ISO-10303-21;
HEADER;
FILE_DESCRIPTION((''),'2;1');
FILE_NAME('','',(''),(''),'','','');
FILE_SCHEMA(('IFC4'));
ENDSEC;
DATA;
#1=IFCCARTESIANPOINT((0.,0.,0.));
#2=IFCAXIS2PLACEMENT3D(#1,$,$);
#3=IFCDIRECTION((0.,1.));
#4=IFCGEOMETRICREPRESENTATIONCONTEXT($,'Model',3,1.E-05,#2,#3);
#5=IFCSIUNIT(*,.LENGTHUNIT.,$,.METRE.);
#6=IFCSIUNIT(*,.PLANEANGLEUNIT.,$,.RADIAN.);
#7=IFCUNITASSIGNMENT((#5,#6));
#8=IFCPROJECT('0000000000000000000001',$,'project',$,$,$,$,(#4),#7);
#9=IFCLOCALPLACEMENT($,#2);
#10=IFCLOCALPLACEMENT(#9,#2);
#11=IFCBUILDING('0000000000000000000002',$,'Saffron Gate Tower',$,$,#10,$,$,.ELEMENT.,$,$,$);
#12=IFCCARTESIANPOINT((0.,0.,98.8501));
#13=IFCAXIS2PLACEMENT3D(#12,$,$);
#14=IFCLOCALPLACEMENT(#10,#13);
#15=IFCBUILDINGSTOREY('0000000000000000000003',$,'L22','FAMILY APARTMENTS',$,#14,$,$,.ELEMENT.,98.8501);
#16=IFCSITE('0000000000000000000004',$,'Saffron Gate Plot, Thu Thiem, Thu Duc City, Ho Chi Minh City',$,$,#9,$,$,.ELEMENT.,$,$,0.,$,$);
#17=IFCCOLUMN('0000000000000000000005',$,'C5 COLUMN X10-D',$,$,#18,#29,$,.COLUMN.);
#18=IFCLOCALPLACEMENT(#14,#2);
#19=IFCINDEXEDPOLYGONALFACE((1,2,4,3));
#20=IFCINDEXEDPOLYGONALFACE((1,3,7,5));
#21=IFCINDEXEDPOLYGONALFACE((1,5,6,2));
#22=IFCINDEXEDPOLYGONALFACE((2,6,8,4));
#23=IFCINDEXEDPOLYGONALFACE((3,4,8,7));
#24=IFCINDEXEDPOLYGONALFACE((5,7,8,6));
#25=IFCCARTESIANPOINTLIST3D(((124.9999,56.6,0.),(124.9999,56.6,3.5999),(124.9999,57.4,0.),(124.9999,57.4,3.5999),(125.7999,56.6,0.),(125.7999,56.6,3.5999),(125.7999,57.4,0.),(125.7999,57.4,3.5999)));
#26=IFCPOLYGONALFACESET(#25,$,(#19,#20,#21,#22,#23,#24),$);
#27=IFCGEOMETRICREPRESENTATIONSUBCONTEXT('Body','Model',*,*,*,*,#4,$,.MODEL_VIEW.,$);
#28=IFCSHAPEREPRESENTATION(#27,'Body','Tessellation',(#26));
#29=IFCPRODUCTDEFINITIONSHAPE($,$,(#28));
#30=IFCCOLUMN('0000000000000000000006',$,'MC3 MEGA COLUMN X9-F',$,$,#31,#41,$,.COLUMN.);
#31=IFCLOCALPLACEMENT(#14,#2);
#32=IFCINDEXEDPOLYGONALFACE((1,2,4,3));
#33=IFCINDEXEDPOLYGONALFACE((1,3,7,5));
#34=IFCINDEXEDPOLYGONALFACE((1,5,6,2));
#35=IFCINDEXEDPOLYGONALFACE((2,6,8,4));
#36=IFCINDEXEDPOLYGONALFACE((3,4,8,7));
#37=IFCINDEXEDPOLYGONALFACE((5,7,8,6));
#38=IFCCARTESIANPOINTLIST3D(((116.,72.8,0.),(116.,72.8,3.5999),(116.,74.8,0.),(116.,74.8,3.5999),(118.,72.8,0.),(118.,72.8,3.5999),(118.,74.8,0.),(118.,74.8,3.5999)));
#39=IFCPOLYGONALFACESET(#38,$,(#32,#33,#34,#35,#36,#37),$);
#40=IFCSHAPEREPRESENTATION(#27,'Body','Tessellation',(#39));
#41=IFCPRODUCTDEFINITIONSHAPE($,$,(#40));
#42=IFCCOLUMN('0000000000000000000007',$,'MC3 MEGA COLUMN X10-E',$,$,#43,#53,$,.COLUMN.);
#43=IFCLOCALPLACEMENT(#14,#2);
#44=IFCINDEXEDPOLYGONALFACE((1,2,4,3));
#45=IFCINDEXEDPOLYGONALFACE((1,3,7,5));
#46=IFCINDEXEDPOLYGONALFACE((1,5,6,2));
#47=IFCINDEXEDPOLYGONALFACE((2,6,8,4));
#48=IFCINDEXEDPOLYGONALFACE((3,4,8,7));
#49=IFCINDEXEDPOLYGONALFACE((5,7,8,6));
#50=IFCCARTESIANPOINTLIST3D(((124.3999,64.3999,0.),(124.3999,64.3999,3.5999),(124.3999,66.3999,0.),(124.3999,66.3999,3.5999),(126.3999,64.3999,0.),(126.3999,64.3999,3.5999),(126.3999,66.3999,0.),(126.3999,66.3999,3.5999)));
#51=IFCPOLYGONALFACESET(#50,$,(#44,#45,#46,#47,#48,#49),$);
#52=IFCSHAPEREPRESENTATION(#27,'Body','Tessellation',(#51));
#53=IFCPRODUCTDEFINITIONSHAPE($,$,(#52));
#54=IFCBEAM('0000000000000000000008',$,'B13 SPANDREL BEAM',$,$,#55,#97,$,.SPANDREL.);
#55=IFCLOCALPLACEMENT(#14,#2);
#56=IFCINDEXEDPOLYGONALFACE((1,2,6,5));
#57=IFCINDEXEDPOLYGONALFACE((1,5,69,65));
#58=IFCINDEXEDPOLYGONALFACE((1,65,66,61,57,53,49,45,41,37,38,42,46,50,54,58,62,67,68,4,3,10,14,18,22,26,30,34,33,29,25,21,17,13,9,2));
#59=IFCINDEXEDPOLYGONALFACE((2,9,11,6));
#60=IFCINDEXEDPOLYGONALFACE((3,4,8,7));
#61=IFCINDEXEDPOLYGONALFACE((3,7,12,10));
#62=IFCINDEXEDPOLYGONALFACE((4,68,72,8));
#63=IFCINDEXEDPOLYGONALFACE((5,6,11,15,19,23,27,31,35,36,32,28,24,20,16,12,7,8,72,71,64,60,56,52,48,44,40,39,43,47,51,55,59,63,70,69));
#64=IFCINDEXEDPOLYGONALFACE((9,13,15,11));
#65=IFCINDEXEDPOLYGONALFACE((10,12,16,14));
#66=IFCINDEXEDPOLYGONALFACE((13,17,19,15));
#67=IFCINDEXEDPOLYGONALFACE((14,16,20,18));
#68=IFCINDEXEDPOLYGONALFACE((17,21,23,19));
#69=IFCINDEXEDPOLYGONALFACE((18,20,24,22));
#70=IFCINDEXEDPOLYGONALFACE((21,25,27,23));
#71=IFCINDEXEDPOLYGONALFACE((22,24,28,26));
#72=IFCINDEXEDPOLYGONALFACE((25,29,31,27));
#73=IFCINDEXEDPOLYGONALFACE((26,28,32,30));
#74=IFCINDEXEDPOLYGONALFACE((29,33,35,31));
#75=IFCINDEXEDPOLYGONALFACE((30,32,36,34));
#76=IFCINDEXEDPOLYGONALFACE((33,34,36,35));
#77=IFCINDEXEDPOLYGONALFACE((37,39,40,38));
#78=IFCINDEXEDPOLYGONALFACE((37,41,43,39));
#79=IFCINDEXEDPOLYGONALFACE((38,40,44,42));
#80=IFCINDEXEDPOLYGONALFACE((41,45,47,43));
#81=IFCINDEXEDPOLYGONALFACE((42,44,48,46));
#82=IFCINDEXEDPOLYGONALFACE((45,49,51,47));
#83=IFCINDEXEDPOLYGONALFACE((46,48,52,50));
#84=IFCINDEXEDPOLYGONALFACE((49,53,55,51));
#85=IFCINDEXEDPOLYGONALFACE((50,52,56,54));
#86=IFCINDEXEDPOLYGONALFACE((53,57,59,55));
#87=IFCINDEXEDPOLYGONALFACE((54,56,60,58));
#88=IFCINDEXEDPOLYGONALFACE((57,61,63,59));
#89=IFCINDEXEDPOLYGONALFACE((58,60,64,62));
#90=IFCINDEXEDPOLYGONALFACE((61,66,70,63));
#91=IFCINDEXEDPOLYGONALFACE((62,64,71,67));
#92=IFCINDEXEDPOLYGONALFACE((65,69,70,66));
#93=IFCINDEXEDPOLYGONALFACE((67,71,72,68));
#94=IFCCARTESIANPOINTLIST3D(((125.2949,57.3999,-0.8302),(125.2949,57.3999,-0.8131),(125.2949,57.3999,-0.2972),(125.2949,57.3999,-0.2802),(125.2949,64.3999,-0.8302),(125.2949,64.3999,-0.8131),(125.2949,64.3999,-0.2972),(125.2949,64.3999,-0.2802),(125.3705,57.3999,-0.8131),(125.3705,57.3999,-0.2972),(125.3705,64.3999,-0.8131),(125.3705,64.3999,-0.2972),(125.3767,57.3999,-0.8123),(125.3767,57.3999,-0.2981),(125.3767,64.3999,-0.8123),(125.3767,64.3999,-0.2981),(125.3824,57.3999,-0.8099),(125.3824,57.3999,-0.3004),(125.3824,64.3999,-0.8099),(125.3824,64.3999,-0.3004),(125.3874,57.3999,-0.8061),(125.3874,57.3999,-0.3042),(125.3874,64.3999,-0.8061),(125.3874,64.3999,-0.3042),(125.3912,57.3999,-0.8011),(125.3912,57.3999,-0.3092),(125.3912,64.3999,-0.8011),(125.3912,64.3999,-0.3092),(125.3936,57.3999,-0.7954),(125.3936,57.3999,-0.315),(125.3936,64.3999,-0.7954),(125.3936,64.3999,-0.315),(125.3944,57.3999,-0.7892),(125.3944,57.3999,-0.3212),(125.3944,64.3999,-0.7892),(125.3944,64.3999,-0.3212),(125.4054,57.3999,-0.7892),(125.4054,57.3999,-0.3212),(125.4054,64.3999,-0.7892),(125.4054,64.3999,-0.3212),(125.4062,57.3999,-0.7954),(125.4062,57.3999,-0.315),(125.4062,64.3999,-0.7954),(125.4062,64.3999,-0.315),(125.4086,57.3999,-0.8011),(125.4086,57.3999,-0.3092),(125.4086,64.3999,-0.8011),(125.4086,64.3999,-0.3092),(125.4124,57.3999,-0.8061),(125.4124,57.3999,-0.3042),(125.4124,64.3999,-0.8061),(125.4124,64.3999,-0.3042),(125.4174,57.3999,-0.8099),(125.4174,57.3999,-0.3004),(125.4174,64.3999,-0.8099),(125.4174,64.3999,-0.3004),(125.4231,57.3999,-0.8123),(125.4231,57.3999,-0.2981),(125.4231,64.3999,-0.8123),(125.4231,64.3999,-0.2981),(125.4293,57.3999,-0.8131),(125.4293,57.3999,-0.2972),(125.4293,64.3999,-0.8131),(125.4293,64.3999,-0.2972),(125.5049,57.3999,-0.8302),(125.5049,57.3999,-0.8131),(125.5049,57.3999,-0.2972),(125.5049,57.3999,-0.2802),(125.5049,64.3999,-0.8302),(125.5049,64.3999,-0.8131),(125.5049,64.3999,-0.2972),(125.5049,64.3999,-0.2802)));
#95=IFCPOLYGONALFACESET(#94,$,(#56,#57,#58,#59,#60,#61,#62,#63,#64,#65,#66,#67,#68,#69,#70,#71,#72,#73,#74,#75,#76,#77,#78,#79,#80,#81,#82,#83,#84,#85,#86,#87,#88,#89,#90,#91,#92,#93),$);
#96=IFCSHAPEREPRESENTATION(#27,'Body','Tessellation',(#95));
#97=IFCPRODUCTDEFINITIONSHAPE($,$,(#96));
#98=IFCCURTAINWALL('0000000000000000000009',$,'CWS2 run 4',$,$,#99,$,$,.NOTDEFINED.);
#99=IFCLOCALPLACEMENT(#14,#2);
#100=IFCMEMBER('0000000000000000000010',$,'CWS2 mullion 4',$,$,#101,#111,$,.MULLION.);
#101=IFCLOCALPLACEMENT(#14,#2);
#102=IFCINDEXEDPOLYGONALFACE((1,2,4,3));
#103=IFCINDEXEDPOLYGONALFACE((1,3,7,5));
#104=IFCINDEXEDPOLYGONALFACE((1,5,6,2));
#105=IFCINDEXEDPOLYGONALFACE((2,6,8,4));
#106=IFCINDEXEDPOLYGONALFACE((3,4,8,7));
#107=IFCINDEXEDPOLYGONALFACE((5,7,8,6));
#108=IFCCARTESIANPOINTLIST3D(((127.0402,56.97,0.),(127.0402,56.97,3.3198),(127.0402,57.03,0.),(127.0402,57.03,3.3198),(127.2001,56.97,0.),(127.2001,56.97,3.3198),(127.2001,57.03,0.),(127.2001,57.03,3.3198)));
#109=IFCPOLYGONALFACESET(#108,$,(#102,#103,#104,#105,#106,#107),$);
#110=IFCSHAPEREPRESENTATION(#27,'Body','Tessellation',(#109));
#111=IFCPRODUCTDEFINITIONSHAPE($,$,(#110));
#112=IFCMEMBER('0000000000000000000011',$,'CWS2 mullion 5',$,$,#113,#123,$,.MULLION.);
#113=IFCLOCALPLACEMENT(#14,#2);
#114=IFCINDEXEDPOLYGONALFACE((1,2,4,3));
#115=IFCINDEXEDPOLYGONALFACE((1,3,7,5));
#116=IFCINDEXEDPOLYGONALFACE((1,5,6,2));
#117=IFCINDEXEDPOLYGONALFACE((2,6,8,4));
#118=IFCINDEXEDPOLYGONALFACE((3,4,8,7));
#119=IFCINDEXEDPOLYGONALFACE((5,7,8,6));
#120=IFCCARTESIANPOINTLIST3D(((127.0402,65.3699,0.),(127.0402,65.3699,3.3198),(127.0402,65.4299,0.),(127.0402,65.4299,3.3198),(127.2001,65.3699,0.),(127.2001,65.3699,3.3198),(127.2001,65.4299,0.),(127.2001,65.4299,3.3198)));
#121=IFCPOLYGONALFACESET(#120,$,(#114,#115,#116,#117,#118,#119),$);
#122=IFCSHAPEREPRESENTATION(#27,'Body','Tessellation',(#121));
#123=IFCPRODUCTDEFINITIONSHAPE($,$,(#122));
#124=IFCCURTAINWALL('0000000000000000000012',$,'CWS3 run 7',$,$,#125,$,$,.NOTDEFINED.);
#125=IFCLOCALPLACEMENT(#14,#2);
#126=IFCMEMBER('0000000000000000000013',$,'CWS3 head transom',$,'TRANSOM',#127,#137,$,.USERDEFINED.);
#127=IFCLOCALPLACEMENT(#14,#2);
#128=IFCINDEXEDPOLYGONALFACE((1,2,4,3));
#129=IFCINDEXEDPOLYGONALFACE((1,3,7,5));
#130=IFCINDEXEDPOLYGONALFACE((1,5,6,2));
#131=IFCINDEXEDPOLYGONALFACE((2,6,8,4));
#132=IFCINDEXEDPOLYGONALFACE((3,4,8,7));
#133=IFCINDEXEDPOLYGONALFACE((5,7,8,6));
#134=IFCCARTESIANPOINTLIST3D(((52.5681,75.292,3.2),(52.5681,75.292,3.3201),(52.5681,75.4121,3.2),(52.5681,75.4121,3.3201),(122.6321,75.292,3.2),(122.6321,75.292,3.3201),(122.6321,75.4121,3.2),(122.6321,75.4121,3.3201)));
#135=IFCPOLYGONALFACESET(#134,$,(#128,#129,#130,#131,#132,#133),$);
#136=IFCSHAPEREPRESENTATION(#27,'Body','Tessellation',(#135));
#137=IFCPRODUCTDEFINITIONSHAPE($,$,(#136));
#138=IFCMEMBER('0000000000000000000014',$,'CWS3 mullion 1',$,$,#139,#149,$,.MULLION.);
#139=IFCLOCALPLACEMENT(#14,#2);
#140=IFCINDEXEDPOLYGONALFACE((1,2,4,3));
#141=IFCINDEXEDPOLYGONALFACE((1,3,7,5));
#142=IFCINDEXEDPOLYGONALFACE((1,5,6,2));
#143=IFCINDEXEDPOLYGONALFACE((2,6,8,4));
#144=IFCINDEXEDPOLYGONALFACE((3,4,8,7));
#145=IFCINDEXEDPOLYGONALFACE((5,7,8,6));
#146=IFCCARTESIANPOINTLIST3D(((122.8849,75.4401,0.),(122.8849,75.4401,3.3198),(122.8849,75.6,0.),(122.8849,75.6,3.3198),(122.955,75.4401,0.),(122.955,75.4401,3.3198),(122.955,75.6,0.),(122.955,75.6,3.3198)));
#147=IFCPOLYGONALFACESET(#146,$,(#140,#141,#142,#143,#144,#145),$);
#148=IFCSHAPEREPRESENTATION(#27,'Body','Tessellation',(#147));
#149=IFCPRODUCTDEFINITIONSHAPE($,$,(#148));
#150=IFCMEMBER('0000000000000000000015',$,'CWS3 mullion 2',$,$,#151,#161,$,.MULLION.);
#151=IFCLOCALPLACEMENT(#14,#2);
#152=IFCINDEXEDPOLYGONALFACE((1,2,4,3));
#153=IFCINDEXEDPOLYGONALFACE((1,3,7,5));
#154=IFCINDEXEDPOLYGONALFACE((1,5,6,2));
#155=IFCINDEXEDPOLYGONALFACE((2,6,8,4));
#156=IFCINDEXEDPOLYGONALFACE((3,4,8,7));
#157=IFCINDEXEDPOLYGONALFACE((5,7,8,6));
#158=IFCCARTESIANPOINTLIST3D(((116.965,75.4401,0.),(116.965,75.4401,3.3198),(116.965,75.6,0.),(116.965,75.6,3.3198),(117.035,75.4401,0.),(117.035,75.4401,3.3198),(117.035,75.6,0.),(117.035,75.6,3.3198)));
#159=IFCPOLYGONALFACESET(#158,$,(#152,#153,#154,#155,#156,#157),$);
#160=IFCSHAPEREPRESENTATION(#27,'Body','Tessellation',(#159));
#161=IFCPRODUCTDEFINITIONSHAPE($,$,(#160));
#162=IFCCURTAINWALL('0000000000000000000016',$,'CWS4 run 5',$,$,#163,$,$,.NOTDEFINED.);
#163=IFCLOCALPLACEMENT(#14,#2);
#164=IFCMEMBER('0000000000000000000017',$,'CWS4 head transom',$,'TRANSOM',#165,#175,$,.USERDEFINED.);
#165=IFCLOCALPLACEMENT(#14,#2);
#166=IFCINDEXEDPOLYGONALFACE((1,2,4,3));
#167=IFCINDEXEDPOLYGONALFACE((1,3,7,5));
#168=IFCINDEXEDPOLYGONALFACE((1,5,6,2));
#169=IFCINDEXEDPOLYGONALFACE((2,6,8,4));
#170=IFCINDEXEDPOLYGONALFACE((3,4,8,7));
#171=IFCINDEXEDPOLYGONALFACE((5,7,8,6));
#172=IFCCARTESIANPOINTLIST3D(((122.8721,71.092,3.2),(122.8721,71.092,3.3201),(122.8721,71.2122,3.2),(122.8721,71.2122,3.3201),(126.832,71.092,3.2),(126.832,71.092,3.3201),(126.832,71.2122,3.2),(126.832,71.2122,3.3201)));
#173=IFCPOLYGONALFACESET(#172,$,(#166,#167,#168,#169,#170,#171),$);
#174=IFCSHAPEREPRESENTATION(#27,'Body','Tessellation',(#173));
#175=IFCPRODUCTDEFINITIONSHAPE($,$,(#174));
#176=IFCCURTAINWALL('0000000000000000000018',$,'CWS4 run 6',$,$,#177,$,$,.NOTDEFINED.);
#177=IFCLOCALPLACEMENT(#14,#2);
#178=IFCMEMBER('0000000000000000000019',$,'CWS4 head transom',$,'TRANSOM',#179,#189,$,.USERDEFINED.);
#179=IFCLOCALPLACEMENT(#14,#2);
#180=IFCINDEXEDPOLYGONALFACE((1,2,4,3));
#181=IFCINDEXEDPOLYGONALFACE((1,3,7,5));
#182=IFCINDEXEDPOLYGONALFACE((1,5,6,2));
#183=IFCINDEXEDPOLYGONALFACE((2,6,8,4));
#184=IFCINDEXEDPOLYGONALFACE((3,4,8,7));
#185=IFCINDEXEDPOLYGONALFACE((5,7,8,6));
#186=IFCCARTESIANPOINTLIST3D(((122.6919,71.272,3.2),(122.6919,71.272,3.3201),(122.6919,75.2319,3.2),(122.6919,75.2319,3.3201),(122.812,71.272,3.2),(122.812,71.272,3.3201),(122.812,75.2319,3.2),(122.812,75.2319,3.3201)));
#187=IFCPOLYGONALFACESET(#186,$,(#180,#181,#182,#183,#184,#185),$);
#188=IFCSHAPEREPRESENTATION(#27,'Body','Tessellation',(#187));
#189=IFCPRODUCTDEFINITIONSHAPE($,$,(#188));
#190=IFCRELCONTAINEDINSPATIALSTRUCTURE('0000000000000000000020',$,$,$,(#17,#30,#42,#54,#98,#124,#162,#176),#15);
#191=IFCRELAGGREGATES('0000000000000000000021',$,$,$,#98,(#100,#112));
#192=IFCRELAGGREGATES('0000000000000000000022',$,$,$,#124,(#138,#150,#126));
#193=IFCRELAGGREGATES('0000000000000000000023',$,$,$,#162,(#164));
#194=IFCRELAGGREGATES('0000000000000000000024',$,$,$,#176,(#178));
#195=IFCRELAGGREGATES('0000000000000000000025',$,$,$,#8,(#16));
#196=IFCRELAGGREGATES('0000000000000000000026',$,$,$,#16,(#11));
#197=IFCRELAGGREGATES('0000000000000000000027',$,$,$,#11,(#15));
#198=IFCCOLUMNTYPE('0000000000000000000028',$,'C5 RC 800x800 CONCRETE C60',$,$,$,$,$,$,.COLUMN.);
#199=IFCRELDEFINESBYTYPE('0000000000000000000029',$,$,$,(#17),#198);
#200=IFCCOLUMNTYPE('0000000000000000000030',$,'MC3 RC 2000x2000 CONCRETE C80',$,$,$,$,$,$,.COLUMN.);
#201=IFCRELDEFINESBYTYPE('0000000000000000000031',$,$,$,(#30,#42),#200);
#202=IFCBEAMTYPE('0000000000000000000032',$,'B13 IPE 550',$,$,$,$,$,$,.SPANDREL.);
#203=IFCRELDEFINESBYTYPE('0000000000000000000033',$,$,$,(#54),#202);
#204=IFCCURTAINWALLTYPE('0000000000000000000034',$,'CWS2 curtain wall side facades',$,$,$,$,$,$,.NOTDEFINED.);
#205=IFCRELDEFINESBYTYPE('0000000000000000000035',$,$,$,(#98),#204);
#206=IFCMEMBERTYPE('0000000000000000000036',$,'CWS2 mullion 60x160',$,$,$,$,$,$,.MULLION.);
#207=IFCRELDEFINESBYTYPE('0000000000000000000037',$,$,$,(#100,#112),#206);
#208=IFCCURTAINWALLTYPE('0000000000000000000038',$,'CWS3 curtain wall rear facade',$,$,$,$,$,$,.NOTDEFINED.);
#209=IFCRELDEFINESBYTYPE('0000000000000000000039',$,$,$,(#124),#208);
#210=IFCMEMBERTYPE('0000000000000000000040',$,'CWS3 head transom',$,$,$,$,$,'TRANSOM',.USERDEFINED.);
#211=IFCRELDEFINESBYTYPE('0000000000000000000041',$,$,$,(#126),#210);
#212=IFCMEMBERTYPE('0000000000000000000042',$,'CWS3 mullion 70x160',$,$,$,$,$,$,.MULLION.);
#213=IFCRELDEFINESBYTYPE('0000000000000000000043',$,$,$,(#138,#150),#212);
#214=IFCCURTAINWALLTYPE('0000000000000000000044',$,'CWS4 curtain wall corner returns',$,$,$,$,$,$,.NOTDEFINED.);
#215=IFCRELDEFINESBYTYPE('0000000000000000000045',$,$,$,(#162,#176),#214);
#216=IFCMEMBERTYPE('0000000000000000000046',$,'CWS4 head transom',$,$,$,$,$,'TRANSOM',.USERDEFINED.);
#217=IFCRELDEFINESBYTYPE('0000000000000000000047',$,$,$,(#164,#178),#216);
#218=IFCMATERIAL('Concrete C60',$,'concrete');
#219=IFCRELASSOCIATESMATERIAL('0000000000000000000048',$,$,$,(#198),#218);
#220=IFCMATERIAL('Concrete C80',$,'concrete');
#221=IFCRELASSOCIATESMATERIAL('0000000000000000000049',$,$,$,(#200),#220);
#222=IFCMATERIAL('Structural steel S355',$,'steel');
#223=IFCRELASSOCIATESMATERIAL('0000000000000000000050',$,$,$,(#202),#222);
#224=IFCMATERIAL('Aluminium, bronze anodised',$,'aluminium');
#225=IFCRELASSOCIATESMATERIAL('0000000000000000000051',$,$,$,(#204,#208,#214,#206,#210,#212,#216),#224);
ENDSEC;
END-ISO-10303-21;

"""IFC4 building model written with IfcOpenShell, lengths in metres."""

from ifc_helpers import new_model, si_unit, direction, frame, origin, origin_2d, place, context, subcontext, project, spatial, rectangle, i_section, extrude, material, material_profile, profile_set, type_object, element, aggregate, save


model = new_model("IFC4")

# Units and contexts
model_context = context("Model", 3, precision=1e-05, world=origin(), true_north=direction((0.0, 1.0)))
body_context = subcontext(model_context, "Body", "Model", "MODEL_VIEW")
ifc_project = project(units=[si_unit("LENGTHUNIT", "METRE"), si_unit("PLANEANGLEUNIT", "RADIAN")], contexts=[model_context])

# Site, building, storey
site_placement = place(None, origin())
site = spatial("IfcSite", under=ifc_project, at=site_placement, Name="Saffron Gate Plot, Thu Thiem, Thu Duc City, Ho Chi Minh City", CompositionType="ELEMENT", RefElevation=0.0)
building_placement = place(site_placement, origin())
building = spatial("IfcBuilding", under=site, at=building_placement, Name="Saffron Gate Tower", CompositionType="ELEMENT")
storey_placement = place(building_placement, frame((0.0, 0.0, 98.8501)))
storey = spatial("IfcBuildingStorey", under=building, at=storey_placement, Name="L22", Description="FAMILY APARTMENTS", CompositionType="ELEMENT", Elevation=98.8501)

# Columns
ifc_material_1 = material(Name="Concrete C60", Category="concrete")
ifc_material_profile_1 = material_profile(ifc_material_1, rectangle(XDim=0.8, YDim=0.8, at=origin_2d()))
ifc_profile_set_1 = profile_set([ifc_material_profile_1], Name="Concrete C60")
column_type_1 = type_object("IfcColumnType", Name="C5 RC 800x800 CONCRETE C60", PredefinedType="COLUMN", material=ifc_profile_set_1)
column_placement = place(storey_placement, frame((125.3999, 57.0, 0.0), z_axis=(0.0, 0.0, 1.0), x_axis=(1.0, 0.0, 0.0)))
element("IfcColumn", 1, at=column_placement, inside=storey, type_object=column_type_1, Name="C5 COLUMN X10-D", PredefinedType="COLUMN", context=body_context, shape_type="SweptSolid", body=[
    extrude(rectangle(XDim=0.8, YDim=0.8, at=origin_2d()), origin(), (0.0, 0.0, 1.0), 3.5999),
])
ifc_material_2 = material(Name="Concrete C80", Category="concrete")
ifc_material_profile_2 = material_profile(ifc_material_2, rectangle(XDim=2.0, YDim=2.0, at=origin_2d()))
ifc_profile_set_2 = profile_set([ifc_material_profile_2], Name="Concrete C80")
column_type_2 = type_object("IfcColumnType", Name="MC3 RC 2000x2000 CONCRETE C80", PredefinedType="COLUMN", material=ifc_profile_set_2)
for number, where, z_axis, x_axis, name in (
    (2, (117.0, 73.8, 0.0), (0.0, 0.0, 1.0), (1.0, 0.0, 0.0), "MC3 MEGA COLUMN X9-F"),
    (3, (125.3999, 65.3999, 0.0), (0.0, 0.0, 1.0), (1.0, 0.0, 0.0), "MC3 MEGA COLUMN X10-E"),
):
    element("IfcColumn", number, at=place(storey_placement, frame(where, z_axis=z_axis, x_axis=x_axis)), inside=storey, type_object=column_type_2, Name=name, PredefinedType="COLUMN", context=body_context, shape_type="SweptSolid", body=[
        extrude(rectangle(XDim=2.0, YDim=2.0, at=origin_2d()), origin(), (0.0, 0.0, 1.0), 3.5999),
    ])

# Beam
ifc_material_3 = material(Name="Structural steel S355", Category="steel")
ifc_material_profile_3 = material_profile(ifc_material_3, i_section(OverallWidth=0.21, OverallDepth=0.55, WebThickness=0.011, FlangeThickness=0.0171, FilletRadius=0.0239, at=origin_2d()))
ifc_profile_set_3 = profile_set([ifc_material_profile_3], Name="Structural steel S355")
beam_type = type_object("IfcBeamType", Name="B13 IPE 550", PredefinedType="SPANDREL", material=ifc_profile_set_3)
beam_placement = place(storey_placement, frame((125.3999, 57.3999, -0.5552), z_axis=(0.0, 1.0, 0.0), x_axis=(-1.0, 0.0, 0.0)))
element("IfcBeam", 4, at=beam_placement, inside=storey, type_object=beam_type, Name="B13 SPANDREL BEAM", PredefinedType="SPANDREL", context=body_context, shape_type="SweptSolid", body=[
    extrude(i_section(OverallWidth=0.21, OverallDepth=0.55, WebThickness=0.011, FlangeThickness=0.0171, FilletRadius=0.0239, at=origin_2d()), origin(), (0.0, 0.0, 1.0), 7.0),
])

# Curtain walls, members
ifc_material_4 = material(Name="Aluminium, bronze anodised", Category="aluminium")
curtain_wall_type_1 = type_object("IfcCurtainWallType", Name="CWS2 curtain wall side facades", PredefinedType="NOTDEFINED", material=ifc_material_4)
curtain_wall_1_placement = place(storey_placement, origin())
curtain_wall_1 = element("IfcCurtainWall", 5, at=curtain_wall_1_placement, inside=storey, type_object=curtain_wall_type_1, Name="CWS2 run 4", PredefinedType="NOTDEFINED")
ifc_material_profile_4 = material_profile(ifc_material_4, rectangle(XDim=0.1599, YDim=0.0601, at=origin_2d()))
ifc_profile_set_4 = profile_set([ifc_material_profile_4], Name="Aluminium, bronze anodised")
member_type_1 = type_object("IfcMemberType", Name="CWS2 mullion 60x160", PredefinedType="MULLION", material=ifc_profile_set_4)
member_1_placement = place(storey_placement, frame((127.1201, 57.0, 0.0), z_axis=(0.0, 0.0, 1.0), x_axis=(-1.0, 0.0, 0.0)))
member_1 = element("IfcMember", 6, at=member_1_placement, type_object=member_type_1, Name="CWS2 mullion 4", PredefinedType="MULLION", context=body_context, shape_type="SweptSolid", body=[
    extrude(rectangle(XDim=0.1599, YDim=0.0601, at=origin_2d()), origin(), (0.0, 0.0, 1.0), 3.3198),
])
member_2_placement = place(storey_placement, frame((127.1201, 65.3999, 0.0), z_axis=(0.0, 0.0, 1.0), x_axis=(-1.0, 0.0, 0.0)))
member_2 = element("IfcMember", 7, at=member_2_placement, type_object=member_type_1, Name="CWS2 mullion 5", PredefinedType="MULLION", context=body_context, shape_type="SweptSolid", body=[
    extrude(rectangle(XDim=0.1599, YDim=0.0601, at=origin_2d()), origin(), (0.0, 0.0, 1.0), 3.3198),
])
aggregate(curtain_wall_1, [member_1, member_2])
curtain_wall_type_2 = type_object("IfcCurtainWallType", Name="CWS3 curtain wall rear facade", PredefinedType="NOTDEFINED", material=ifc_material_4)
curtain_wall_2_placement = place(storey_placement, origin())
curtain_wall_2 = element("IfcCurtainWall", 8, at=curtain_wall_2_placement, inside=storey, type_object=curtain_wall_type_2, Name="CWS3 run 7", PredefinedType="NOTDEFINED")
ifc_material_profile_5 = material_profile(ifc_material_4, rectangle(XDim=0.1201, YDim=0.1201, at=origin_2d()))
ifc_profile_set_5 = profile_set([ifc_material_profile_5], Name="Aluminium, bronze anodised")
member_type_2 = type_object("IfcMemberType", Name="CWS3 head transom", ElementType="TRANSOM", PredefinedType="USERDEFINED", material=ifc_profile_set_5)
member_3_placement = place(storey_placement, frame((122.6321, 75.3521, 3.26), z_axis=(-1.0, 0.0, 0.0), x_axis=(0.0, -1.0, 0.0)))
member_3 = element("IfcMember", 9, at=member_3_placement, type_object=member_type_2, Name="CWS3 head transom", ObjectType="TRANSOM", PredefinedType="USERDEFINED", context=body_context, shape_type="SweptSolid", body=[
    extrude(rectangle(XDim=0.1201, YDim=0.1201, at=origin_2d()), origin(), (0.0, 0.0, 1.0), 70.064),
])
ifc_material_profile_6 = material_profile(ifc_material_4, rectangle(XDim=0.1599, YDim=0.0701, at=origin_2d()))
ifc_profile_set_6 = profile_set([ifc_material_profile_6], Name="Aluminium, bronze anodised")
member_type_3 = type_object("IfcMemberType", Name="CWS3 mullion 70x160", PredefinedType="MULLION", material=ifc_profile_set_6)
member_4_placement = place(storey_placement, frame((122.9199, 75.52, 0.0), z_axis=(0.0, 0.0, 1.0), x_axis=(0.0, -1.0, 0.0)))
member_4 = element("IfcMember", 10, at=member_4_placement, type_object=member_type_3, Name="CWS3 mullion 1", PredefinedType="MULLION", context=body_context, shape_type="SweptSolid", body=[
    extrude(rectangle(XDim=0.1599, YDim=0.0701, at=origin_2d()), origin(), (0.0, 0.0, 1.0), 3.3198),
])
member_5_placement = place(storey_placement, frame((117.0, 75.52, 0.0), z_axis=(0.0, 0.0, 1.0), x_axis=(0.0, -1.0, 0.0)))
member_5 = element("IfcMember", 11, at=member_5_placement, type_object=member_type_3, Name="CWS3 mullion 2", PredefinedType="MULLION", context=body_context, shape_type="SweptSolid", body=[
    extrude(rectangle(XDim=0.1599, YDim=0.0701, at=origin_2d()), origin(), (0.0, 0.0, 1.0), 3.3198),
])

# Curtain walls, members
curtain_wall_type_3 = type_object("IfcCurtainWallType", Name="CWS4 curtain wall corner returns", PredefinedType="NOTDEFINED", material=ifc_material_4)
curtain_wall_3_placement = place(storey_placement, origin())
curtain_wall_3 = element("IfcCurtainWall", 12, at=curtain_wall_3_placement, inside=storey, type_object=curtain_wall_type_3, Name="CWS4 run 5", PredefinedType="NOTDEFINED")
ifc_material_profile_7 = material_profile(ifc_material_4, rectangle(XDim=0.1201, YDim=0.1201, at=origin_2d()))
ifc_profile_set_7 = profile_set([ifc_material_profile_7], Name="Aluminium, bronze anodised")
member_type_4 = type_object("IfcMemberType", Name="CWS4 head transom", ElementType="TRANSOM", PredefinedType="USERDEFINED", material=ifc_profile_set_7)
member_6_placement = place(storey_placement, frame((126.832, 71.1521, 3.26), z_axis=(-1.0, 0.0, 0.0), x_axis=(0.0, -1.0, 0.0)))
member_6 = element("IfcMember", 13, at=member_6_placement, type_object=member_type_4, Name="CWS4 head transom", ObjectType="TRANSOM", PredefinedType="USERDEFINED", context=body_context, shape_type="SweptSolid", body=[
    extrude(rectangle(XDim=0.1201, YDim=0.1201, at=origin_2d()), origin(), (0.0, 0.0, 1.0), 3.96),
])
curtain_wall_4_placement = place(storey_placement, origin())
curtain_wall_4 = element("IfcCurtainWall", 14, at=curtain_wall_4_placement, inside=storey, type_object=curtain_wall_type_3, Name="CWS4 run 6", PredefinedType="NOTDEFINED")
member_7_placement = place(storey_placement, frame((122.752, 71.272, 3.26), z_axis=(0.0, 1.0, 0.0), x_axis=(-1.0, 0.0, 0.0)))
member_7 = element("IfcMember", 15, at=member_7_placement, type_object=member_type_4, Name="CWS4 head transom", ObjectType="TRANSOM", PredefinedType="USERDEFINED", context=body_context, shape_type="SweptSolid", body=[
    extrude(rectangle(XDim=0.1201, YDim=0.1201, at=origin_2d()), origin(), (0.0, 0.0, 1.0), 3.96),
])

aggregate(curtain_wall_2, [member_4, member_5, member_3])

aggregate(curtain_wall_3, [member_6])
aggregate(curtain_wall_4, [member_7])

save(model, "model.ifc")
